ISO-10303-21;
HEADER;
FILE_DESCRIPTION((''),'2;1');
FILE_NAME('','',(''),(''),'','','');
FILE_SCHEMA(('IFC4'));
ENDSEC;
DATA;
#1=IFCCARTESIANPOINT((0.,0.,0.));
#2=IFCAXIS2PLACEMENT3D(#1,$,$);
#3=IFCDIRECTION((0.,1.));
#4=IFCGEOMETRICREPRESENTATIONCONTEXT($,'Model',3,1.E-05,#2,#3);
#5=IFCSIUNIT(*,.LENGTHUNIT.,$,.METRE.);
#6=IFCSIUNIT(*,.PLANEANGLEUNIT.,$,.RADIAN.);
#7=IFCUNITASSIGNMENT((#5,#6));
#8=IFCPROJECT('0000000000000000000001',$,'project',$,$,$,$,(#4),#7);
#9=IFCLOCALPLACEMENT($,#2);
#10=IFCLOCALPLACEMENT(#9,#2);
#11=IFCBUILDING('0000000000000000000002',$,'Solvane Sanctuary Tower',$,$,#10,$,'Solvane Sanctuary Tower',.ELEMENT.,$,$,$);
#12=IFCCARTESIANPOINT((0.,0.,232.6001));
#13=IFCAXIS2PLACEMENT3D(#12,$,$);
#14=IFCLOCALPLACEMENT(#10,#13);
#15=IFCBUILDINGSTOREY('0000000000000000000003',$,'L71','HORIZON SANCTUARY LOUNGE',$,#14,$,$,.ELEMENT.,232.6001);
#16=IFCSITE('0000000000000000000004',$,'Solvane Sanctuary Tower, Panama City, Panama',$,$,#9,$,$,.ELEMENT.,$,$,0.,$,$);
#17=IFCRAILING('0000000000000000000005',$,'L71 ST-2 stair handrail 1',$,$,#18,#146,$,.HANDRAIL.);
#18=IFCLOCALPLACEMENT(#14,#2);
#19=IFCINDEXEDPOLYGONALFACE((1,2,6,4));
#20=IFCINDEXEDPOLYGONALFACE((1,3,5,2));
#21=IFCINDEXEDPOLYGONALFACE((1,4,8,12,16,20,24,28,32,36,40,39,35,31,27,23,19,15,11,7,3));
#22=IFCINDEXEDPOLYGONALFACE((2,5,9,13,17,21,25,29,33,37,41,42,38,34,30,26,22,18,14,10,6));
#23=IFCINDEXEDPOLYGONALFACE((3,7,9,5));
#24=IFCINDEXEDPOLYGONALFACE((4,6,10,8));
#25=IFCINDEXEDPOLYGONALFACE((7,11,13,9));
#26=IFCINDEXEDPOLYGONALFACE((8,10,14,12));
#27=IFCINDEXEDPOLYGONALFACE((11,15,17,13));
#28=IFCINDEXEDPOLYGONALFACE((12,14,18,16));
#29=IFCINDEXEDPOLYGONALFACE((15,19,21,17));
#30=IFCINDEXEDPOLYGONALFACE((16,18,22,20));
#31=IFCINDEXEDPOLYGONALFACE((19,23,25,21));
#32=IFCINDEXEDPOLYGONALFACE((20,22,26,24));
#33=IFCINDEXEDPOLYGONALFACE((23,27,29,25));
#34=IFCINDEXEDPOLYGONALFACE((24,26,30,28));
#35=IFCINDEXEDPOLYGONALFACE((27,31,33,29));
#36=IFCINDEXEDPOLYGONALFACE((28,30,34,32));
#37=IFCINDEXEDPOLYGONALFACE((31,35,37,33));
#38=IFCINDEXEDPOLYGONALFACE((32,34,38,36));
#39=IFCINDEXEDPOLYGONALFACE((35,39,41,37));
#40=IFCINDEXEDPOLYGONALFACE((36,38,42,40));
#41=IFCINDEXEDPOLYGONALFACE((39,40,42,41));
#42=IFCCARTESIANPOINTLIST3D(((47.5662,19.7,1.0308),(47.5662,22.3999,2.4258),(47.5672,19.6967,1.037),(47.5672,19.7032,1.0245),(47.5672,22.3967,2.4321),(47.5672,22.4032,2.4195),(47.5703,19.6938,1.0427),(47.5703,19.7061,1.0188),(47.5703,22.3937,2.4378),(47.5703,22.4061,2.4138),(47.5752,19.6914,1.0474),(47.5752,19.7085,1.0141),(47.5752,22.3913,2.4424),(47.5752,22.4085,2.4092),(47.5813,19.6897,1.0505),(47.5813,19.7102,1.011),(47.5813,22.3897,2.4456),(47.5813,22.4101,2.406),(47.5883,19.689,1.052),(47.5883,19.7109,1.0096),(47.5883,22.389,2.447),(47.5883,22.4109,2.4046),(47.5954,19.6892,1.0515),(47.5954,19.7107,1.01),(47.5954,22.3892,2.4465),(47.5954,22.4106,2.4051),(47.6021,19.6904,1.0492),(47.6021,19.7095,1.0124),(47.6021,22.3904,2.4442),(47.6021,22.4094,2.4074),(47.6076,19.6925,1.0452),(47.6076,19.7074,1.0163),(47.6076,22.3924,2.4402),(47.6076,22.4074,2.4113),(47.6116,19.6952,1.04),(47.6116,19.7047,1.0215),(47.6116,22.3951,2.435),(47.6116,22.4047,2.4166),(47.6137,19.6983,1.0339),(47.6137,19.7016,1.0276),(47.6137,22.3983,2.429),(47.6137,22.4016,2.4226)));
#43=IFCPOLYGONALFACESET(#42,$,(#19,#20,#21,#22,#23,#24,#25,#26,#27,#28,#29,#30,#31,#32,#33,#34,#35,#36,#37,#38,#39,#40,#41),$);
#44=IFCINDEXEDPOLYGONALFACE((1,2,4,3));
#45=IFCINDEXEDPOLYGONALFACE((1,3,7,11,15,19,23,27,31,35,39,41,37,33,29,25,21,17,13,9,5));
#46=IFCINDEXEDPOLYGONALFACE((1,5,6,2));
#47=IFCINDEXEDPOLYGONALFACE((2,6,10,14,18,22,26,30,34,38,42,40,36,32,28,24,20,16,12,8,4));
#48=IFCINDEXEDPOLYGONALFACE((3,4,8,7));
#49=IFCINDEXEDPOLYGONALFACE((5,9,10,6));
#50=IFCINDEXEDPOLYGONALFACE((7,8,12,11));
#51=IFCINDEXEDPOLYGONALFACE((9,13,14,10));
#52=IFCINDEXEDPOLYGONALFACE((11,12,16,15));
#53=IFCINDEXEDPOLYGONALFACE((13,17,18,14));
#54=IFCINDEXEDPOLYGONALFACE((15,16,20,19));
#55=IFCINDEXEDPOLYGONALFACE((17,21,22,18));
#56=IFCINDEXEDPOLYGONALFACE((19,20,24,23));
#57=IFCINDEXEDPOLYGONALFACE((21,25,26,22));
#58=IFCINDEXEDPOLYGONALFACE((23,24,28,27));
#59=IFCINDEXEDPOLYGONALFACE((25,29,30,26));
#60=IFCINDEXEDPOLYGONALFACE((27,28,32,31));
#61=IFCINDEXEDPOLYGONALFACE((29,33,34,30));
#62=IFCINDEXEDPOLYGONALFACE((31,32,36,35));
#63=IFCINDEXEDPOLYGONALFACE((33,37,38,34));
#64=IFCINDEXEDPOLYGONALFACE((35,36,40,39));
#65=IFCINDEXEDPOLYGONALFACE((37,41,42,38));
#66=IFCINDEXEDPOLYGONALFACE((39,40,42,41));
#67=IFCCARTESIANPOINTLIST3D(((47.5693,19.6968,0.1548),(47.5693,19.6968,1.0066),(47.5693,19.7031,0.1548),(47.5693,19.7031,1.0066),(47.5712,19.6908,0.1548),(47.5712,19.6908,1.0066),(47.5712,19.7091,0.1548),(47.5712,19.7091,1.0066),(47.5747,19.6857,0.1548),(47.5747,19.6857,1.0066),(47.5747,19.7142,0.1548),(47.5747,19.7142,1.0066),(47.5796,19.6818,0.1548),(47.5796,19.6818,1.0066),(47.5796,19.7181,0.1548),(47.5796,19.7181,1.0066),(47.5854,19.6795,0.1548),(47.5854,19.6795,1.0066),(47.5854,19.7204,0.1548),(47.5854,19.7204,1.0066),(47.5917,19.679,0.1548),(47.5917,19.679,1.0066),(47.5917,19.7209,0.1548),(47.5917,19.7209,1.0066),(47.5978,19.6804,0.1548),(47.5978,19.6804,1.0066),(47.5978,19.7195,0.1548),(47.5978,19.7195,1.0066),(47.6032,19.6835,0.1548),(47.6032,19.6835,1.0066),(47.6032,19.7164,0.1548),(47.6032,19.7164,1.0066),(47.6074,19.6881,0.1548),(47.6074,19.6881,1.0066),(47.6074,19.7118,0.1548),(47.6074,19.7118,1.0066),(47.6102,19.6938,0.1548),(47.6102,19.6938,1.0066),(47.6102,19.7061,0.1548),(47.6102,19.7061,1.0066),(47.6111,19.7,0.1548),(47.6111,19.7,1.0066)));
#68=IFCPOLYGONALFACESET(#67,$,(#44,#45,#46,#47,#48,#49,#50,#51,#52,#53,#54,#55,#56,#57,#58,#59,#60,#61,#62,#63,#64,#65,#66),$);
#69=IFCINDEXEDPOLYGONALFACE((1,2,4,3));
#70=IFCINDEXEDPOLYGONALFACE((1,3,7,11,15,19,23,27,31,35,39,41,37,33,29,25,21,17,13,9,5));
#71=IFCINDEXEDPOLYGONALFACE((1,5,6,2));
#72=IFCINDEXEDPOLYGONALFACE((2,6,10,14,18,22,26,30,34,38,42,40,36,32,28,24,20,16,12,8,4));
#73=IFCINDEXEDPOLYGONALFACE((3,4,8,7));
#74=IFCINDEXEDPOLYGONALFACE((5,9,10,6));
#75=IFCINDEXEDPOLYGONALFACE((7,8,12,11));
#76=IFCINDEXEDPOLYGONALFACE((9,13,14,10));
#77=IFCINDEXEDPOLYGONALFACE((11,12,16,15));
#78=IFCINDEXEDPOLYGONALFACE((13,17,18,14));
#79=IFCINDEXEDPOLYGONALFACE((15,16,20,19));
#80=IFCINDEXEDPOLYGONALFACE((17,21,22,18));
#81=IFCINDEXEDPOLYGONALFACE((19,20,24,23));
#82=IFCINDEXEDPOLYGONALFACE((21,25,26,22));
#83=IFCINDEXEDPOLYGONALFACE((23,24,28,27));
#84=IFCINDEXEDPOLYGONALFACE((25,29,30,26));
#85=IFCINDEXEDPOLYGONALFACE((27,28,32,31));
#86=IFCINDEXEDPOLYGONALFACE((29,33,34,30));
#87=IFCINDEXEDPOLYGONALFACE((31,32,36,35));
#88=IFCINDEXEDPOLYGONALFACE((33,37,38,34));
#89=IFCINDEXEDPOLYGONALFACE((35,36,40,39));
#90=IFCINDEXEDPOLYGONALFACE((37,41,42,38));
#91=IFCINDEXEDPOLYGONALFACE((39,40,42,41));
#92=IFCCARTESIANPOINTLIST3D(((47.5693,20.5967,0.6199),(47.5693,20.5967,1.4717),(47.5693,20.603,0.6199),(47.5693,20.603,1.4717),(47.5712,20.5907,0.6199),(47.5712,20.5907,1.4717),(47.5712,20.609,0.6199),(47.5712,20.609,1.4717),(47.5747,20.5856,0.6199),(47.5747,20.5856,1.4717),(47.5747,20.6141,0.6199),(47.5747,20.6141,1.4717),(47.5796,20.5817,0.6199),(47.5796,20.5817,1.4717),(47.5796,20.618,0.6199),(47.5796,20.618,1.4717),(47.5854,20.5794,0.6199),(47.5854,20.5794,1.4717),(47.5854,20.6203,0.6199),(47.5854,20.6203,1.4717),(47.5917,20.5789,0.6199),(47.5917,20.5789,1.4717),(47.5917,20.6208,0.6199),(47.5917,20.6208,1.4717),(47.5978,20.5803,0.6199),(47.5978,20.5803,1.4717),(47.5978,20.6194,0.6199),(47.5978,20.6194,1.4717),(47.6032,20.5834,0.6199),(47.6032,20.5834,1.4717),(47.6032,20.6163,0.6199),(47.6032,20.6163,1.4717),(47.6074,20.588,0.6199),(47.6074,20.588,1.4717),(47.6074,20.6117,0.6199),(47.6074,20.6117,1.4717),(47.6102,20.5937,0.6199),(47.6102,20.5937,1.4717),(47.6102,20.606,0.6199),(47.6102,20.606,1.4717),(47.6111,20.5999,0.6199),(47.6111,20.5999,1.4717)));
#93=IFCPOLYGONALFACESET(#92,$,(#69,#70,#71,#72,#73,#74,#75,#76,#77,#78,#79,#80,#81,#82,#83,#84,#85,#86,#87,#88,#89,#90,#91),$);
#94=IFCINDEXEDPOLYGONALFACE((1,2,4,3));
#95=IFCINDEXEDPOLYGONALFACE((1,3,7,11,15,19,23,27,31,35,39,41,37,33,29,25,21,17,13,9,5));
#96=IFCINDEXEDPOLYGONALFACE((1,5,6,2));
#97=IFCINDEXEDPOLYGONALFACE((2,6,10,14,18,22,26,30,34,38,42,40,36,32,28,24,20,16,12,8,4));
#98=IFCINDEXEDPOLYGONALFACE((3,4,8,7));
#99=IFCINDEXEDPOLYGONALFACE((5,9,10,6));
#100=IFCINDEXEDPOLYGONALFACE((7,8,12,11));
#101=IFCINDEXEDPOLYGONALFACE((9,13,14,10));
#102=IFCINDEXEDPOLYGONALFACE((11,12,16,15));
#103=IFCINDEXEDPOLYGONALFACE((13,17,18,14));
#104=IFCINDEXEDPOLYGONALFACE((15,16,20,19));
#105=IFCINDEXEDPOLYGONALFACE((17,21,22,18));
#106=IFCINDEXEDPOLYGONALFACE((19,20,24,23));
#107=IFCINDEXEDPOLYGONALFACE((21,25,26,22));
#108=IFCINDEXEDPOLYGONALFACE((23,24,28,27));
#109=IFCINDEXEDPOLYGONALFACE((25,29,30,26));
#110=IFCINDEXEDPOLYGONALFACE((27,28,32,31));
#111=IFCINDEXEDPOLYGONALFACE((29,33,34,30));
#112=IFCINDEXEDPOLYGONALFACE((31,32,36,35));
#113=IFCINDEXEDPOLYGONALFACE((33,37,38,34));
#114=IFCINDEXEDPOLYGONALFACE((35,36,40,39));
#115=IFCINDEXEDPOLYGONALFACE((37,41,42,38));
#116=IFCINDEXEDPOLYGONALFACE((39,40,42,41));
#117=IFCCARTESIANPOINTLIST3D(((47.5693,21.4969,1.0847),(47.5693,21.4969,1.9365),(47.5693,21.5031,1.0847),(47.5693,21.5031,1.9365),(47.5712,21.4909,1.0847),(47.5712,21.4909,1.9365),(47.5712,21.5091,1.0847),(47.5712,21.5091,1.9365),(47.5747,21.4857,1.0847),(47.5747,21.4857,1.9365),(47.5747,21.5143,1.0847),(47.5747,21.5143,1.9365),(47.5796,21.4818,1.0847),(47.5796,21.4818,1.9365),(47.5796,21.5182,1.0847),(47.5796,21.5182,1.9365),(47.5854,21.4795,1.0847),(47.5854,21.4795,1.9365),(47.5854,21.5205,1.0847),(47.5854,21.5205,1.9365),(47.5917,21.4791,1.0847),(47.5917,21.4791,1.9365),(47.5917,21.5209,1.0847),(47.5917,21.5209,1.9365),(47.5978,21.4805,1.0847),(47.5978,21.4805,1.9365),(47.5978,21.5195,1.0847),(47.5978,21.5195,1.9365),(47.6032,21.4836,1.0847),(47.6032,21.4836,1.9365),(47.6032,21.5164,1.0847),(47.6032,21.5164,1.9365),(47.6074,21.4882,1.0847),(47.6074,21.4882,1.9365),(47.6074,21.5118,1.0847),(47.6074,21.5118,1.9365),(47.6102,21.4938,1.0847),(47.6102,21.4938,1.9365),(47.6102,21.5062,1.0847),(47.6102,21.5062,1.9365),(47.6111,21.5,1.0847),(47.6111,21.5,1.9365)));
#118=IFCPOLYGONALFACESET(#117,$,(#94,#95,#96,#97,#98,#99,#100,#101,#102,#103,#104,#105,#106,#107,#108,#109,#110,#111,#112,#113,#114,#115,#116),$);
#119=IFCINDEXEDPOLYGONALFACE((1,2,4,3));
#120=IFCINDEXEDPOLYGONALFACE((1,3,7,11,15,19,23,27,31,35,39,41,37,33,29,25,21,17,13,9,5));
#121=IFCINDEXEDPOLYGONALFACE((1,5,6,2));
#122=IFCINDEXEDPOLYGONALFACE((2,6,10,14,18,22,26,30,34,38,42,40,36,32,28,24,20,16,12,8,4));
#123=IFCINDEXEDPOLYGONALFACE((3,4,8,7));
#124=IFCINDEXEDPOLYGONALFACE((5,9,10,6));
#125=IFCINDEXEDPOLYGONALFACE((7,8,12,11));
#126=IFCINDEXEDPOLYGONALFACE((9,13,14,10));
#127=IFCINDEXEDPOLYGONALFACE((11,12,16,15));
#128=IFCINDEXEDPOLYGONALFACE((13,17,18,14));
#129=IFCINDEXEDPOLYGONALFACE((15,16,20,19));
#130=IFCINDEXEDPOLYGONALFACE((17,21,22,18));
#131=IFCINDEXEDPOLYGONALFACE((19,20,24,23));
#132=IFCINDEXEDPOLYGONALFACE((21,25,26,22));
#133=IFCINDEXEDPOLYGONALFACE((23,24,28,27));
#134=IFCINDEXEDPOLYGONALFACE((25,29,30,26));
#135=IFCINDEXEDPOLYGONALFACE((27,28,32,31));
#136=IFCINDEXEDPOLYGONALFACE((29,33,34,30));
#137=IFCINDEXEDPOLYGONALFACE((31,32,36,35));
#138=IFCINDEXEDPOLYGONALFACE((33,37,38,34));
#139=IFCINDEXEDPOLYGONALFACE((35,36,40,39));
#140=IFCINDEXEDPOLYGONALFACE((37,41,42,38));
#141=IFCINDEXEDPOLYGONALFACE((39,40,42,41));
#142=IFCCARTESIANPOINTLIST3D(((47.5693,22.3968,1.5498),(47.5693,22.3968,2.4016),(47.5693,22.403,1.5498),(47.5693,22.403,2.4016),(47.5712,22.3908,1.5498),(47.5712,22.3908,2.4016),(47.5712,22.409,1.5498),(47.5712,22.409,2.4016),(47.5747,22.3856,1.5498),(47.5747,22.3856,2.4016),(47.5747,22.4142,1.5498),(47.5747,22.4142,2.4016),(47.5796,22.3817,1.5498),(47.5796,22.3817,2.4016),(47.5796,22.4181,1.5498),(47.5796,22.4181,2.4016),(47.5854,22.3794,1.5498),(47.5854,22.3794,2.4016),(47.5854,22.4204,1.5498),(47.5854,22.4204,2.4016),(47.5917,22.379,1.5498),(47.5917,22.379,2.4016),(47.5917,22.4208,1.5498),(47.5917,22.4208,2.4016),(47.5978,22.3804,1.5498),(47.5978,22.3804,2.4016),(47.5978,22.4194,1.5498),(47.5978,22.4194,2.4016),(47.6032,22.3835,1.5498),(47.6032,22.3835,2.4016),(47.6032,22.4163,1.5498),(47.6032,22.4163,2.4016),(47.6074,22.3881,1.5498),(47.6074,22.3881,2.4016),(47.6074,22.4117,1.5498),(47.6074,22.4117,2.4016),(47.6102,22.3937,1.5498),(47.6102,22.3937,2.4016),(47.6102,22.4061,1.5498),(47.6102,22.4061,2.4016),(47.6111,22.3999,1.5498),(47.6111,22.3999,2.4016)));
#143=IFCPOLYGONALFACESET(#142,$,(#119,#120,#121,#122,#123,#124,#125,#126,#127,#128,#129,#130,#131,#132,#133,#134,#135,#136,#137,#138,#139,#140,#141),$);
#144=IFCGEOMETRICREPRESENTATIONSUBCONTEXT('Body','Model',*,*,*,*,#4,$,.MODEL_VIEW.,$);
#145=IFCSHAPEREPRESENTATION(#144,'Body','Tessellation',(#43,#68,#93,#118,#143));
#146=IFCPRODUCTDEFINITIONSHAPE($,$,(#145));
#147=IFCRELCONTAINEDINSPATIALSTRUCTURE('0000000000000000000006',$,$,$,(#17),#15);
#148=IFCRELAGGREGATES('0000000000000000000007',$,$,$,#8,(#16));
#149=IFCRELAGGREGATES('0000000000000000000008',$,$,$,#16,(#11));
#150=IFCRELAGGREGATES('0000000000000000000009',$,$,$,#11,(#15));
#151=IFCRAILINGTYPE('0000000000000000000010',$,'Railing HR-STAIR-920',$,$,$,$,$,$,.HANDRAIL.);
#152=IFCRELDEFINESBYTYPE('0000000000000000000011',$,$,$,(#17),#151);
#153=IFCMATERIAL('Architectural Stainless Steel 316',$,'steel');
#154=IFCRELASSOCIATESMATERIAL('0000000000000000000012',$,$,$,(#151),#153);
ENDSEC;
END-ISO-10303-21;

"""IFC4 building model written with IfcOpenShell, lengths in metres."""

from ifc_helpers import new_model, si_unit, direction, frame, origin, origin_2d, place, context, subcontext, project, spatial, circle, extrude, material, type_object, element, save


model = new_model("IFC4")

# Units and contexts
model_context = context("Model", 3, precision=1e-05, world=origin(), true_north=direction((0.0, 1.0)))
body_context = subcontext(model_context, "Body", "Model", "MODEL_VIEW")
ifc_project = project(units=[si_unit("LENGTHUNIT", "METRE"), si_unit("PLANEANGLEUNIT", "RADIAN")], contexts=[model_context])

# Site, building, storey
site_placement = place(None, origin())
site = spatial("IfcSite", under=ifc_project, at=site_placement, Name="Solvane Sanctuary Tower, Panama City, Panama", CompositionType="ELEMENT", RefElevation=0.0)
building_placement = place(site_placement, origin())
building = spatial("IfcBuilding", under=site, at=building_placement, Name="Solvane Sanctuary Tower", LongName="Solvane Sanctuary Tower", CompositionType="ELEMENT")
storey_placement = place(building_placement, frame((0.0, 0.0, 232.6001)))
storey = spatial("IfcBuildingStorey", under=building, at=storey_placement, Name="L71", Description="HORIZON SANCTUARY LOUNGE", CompositionType="ELEMENT", Elevation=232.6001)

# Shared definitions
ifc_material_1 = material(Name="Architectural Stainless Steel 316", Category="steel")

# Railing
railing_type_1 = type_object("IfcRailingType", Name="Railing HR-STAIR-920", PredefinedType="HANDRAIL", material=ifc_material_1)
railing_1_placement = place(storey_placement, frame((47.5901, 19.7, 0.1548)))
element("IfcRailing", 1, at=railing_1_placement, inside=storey, type_object=railing_type_1, Name="L71 ST-2 stair handrail 1", PredefinedType="HANDRAIL", context=body_context, shape_type="SweptSolid", body=[
    extrude(circle(Radius=0.0239, at=origin_2d()), frame((0.0, 0.0, 0.876), z_axis=(0.0, 0.88842, 0.459032), x_axis=(-1.0, 0.0, 0.0)), (0.0, 0.0, 1.0), 3.0391),
    extrude(circle(Radius=0.021, at=origin_2d()), origin(), (0.0, 0.0, 1.0), 0.8518),
    extrude(circle(Radius=0.021, at=origin_2d()), frame((0.0, 0.8999, 0.4651)), (0.0, 0.0, 1.0), 0.8518),
    extrude(circle(Radius=0.021, at=origin_2d()), frame((0.0, 1.8, 0.9299)), (0.0, 0.0, 1.0), 0.8518),
    extrude(circle(Radius=0.021, at=origin_2d()), frame((0.0, 2.7, 1.395)), (0.0, 0.0, 1.0), 0.8518),
])

save(model, "model.ifc")
